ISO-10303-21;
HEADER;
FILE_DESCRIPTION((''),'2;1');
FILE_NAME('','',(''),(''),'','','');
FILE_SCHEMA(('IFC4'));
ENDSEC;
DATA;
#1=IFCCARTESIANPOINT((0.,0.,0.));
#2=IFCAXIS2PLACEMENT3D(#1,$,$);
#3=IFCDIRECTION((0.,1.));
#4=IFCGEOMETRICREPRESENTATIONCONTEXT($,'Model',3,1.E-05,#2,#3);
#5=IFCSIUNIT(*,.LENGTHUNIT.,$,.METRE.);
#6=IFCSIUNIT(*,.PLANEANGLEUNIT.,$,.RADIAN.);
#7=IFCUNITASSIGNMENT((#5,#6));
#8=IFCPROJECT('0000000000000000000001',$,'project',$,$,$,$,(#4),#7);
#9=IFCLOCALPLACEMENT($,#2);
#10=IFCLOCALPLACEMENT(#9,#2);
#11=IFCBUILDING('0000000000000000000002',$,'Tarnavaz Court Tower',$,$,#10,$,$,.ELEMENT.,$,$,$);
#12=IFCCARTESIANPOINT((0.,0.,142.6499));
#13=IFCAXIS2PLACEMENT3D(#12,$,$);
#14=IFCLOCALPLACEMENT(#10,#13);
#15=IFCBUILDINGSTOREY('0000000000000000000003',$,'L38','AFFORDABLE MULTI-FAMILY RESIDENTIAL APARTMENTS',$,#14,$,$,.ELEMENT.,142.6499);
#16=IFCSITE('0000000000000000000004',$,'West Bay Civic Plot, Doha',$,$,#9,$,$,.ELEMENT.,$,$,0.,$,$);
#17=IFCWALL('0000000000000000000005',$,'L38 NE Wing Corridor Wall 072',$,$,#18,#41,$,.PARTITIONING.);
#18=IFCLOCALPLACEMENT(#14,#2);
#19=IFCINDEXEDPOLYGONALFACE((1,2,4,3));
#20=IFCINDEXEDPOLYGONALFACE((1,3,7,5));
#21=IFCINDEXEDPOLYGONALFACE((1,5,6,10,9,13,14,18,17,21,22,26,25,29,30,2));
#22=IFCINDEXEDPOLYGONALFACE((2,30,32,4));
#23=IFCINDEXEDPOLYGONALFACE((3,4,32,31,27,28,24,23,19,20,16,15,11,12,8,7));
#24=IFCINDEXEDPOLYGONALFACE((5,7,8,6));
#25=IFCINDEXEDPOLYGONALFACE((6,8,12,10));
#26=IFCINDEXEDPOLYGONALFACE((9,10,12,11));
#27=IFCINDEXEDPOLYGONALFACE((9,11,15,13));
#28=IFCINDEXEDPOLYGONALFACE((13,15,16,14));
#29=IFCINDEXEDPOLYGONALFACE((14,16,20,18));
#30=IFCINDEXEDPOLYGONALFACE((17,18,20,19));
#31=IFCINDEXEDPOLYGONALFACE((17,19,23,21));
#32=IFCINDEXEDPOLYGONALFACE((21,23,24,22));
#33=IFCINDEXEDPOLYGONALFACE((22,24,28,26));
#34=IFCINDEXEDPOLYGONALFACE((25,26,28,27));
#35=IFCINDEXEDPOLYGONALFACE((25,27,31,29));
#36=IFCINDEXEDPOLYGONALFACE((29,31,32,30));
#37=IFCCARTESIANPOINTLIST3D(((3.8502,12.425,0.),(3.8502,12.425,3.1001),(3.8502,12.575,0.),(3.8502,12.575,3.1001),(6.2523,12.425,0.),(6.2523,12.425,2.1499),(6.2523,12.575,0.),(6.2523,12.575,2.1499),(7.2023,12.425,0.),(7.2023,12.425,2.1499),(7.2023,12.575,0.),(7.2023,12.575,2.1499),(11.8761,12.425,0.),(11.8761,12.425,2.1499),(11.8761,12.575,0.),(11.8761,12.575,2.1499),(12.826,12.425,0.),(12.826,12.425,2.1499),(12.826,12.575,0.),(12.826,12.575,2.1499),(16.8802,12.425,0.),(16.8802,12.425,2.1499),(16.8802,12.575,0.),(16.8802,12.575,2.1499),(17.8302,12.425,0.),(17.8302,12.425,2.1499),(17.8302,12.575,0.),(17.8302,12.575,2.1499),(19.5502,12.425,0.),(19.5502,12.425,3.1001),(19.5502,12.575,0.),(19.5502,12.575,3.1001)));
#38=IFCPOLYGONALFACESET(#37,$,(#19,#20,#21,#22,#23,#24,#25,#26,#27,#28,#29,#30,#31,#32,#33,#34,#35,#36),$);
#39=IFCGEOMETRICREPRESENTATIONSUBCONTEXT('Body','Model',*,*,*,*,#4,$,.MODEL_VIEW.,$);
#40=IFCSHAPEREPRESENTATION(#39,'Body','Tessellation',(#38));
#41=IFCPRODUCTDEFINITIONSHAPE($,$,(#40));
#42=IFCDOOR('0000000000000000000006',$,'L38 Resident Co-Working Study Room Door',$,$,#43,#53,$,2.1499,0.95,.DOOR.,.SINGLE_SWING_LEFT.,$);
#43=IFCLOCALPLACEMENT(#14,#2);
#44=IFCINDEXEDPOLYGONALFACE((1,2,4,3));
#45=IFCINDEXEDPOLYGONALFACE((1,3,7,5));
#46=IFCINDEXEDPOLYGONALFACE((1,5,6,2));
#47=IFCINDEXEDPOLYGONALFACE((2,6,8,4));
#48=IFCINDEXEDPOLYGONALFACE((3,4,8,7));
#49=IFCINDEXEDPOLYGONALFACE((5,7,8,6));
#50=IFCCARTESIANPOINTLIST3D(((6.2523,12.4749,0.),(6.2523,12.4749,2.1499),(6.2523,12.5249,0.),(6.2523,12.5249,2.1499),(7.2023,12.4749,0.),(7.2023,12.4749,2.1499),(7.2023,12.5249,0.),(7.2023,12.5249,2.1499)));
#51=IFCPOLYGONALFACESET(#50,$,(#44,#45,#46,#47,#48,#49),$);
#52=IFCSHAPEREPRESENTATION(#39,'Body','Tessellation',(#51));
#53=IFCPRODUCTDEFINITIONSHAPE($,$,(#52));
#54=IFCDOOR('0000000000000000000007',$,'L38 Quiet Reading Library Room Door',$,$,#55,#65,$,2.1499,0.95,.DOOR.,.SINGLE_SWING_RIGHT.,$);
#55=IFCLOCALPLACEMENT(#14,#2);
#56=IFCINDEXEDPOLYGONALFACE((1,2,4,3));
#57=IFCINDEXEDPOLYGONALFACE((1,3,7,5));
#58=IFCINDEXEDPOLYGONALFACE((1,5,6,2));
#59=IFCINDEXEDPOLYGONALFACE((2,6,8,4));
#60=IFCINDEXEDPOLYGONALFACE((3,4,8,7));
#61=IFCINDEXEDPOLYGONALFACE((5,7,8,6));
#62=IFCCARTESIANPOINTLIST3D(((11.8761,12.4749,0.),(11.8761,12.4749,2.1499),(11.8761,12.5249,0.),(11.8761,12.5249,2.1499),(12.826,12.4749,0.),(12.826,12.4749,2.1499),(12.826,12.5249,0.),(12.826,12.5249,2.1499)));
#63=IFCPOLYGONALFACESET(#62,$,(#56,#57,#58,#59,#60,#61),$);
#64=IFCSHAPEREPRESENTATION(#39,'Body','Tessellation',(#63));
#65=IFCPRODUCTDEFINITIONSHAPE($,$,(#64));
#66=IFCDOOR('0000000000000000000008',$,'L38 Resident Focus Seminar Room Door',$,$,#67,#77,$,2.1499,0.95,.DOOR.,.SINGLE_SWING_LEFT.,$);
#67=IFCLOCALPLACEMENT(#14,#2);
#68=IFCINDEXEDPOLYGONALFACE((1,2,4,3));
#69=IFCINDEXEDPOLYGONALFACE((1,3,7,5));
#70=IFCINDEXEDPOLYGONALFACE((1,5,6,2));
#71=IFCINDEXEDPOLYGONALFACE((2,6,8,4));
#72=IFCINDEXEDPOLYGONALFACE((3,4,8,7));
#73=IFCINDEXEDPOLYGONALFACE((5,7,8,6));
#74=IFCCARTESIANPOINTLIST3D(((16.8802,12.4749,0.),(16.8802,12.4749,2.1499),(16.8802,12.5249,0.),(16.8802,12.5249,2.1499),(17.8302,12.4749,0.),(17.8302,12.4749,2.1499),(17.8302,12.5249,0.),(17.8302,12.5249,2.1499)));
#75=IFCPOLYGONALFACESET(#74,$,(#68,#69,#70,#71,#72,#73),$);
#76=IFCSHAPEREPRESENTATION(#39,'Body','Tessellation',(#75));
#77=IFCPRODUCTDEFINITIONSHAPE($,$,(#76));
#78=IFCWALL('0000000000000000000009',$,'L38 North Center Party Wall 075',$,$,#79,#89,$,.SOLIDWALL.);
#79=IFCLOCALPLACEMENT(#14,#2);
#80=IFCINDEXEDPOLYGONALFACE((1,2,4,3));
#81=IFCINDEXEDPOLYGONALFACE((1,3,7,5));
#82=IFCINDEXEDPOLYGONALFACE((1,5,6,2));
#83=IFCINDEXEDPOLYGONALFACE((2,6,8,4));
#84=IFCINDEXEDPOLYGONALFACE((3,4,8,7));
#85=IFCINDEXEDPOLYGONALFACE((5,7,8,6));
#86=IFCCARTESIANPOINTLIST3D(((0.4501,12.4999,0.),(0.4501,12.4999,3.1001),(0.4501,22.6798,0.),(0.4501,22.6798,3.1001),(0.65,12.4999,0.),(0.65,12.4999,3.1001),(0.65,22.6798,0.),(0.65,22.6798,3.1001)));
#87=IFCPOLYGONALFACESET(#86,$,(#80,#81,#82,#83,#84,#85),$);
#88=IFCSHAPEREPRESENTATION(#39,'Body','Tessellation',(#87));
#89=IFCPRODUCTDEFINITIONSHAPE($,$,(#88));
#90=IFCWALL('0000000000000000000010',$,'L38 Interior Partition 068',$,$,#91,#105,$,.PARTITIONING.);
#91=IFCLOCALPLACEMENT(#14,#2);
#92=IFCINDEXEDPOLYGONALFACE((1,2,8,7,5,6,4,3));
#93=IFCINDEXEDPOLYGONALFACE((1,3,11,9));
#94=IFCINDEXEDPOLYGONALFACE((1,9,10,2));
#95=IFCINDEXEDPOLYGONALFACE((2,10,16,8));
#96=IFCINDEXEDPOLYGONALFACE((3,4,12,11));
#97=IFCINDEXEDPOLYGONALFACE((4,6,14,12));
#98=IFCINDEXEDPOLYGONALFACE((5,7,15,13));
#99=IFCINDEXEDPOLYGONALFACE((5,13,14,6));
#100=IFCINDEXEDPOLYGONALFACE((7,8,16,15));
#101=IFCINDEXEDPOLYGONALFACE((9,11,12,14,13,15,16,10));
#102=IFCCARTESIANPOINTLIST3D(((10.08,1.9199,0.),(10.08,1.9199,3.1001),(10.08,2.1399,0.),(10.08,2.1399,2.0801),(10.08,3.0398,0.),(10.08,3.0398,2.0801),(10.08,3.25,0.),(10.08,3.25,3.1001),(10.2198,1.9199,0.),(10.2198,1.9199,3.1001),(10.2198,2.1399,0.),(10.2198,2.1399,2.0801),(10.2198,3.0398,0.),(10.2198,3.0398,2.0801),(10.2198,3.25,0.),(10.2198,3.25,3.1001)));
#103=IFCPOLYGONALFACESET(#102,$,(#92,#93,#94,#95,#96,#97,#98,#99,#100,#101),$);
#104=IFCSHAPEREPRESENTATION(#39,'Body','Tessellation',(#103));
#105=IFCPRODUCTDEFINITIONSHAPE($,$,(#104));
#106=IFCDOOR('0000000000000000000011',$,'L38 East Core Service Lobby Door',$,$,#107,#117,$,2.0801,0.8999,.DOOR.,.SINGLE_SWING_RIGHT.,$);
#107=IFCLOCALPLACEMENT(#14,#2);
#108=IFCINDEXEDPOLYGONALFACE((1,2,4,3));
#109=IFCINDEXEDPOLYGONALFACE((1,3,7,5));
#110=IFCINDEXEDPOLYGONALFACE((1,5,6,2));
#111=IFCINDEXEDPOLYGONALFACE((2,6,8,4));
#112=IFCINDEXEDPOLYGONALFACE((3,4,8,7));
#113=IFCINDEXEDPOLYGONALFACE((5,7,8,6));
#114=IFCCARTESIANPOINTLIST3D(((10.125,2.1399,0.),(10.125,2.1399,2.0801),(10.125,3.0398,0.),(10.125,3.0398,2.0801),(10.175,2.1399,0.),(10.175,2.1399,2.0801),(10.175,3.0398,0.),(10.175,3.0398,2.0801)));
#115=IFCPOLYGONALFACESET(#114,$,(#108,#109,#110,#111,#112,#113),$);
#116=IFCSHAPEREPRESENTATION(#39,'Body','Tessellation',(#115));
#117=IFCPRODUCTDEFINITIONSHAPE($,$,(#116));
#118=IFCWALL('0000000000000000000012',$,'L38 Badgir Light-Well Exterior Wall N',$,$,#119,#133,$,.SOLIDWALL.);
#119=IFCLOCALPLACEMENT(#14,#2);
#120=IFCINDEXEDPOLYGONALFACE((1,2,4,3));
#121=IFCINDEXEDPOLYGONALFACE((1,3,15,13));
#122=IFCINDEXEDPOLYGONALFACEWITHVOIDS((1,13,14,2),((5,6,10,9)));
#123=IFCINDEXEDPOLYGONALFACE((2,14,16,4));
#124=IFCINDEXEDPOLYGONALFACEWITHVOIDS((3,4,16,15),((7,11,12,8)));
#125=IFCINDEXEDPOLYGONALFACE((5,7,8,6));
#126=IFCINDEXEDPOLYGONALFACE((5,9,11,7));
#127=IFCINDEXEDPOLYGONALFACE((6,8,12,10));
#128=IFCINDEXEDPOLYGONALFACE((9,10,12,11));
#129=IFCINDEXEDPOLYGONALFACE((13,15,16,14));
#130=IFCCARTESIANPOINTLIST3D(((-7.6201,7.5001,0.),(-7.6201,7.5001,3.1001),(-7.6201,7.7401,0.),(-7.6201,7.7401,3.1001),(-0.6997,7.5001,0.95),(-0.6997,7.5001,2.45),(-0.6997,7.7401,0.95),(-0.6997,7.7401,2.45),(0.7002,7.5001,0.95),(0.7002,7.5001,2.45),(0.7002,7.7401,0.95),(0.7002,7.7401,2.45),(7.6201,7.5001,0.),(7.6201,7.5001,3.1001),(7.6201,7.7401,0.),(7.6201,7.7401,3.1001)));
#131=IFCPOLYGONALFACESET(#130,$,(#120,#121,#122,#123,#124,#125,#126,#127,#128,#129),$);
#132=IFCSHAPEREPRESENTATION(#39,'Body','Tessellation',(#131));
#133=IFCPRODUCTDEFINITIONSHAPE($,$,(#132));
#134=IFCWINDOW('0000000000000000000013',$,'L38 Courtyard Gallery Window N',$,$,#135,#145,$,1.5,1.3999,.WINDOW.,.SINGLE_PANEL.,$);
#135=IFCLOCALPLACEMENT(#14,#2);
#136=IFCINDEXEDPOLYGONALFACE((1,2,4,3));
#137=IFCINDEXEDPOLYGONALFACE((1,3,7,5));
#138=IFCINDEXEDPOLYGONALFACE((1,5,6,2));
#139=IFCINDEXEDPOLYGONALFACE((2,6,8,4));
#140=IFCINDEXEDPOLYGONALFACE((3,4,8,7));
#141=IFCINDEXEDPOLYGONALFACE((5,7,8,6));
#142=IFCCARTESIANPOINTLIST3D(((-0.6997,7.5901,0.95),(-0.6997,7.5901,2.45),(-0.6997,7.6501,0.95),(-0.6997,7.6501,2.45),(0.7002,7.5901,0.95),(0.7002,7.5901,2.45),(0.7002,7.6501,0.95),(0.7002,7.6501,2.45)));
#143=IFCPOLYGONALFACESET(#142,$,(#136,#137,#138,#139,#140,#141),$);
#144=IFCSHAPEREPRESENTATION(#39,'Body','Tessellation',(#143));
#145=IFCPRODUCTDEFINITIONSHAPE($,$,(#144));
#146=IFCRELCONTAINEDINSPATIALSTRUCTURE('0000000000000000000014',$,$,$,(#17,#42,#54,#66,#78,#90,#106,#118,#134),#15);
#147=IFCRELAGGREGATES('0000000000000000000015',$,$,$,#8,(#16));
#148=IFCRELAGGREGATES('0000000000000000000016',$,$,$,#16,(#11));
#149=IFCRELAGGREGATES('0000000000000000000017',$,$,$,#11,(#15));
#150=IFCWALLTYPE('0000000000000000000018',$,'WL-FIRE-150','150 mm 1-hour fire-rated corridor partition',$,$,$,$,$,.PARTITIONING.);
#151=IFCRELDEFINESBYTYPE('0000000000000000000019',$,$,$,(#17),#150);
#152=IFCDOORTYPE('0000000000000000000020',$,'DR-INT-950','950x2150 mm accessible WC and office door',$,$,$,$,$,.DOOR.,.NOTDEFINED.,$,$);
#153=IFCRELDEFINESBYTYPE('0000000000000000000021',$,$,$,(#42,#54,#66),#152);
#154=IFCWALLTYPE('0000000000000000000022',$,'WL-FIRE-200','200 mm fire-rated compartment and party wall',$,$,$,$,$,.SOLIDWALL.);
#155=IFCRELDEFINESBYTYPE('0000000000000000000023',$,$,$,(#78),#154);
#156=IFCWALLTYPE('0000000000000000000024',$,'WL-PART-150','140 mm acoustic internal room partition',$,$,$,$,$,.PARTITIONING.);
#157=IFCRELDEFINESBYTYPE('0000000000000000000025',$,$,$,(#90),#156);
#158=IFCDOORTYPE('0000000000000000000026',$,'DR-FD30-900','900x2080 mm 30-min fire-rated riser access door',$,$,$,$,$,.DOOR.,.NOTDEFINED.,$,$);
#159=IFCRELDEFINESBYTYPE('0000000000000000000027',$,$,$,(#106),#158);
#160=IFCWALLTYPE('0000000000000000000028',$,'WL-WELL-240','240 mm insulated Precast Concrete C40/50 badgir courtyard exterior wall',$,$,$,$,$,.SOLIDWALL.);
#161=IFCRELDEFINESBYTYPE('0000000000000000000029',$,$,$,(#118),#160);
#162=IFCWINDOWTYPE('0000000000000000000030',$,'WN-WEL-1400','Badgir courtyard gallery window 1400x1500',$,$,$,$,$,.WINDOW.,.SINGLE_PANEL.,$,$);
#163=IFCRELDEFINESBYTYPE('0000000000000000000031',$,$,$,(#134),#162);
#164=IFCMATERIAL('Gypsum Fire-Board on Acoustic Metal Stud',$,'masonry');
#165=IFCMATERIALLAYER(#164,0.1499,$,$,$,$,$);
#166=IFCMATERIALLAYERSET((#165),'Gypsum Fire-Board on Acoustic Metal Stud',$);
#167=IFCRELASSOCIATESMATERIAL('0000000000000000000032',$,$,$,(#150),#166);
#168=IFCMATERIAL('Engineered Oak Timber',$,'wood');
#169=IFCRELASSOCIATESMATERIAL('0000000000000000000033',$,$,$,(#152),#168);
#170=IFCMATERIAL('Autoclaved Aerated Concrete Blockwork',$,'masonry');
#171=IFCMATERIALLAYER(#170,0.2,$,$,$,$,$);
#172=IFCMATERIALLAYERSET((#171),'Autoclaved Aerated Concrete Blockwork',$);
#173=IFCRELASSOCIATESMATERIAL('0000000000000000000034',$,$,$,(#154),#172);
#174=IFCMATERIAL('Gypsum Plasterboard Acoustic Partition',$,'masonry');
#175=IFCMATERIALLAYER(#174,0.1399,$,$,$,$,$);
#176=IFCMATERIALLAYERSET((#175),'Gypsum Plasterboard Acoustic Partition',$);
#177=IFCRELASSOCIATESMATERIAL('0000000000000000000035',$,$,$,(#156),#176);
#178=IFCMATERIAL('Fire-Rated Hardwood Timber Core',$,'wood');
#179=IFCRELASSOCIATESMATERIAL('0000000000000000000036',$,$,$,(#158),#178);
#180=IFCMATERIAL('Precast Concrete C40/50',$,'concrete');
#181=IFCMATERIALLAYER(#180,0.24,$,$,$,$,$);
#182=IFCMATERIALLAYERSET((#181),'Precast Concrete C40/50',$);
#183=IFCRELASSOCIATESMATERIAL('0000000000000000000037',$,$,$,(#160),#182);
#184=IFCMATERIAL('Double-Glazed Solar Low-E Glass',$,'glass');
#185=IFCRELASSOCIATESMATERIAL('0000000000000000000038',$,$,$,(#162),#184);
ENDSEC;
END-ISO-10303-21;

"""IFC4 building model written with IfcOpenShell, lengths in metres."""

from ifc_helpers import new_model, si_unit, direction, frame, frame_2d, origin, place, context, subcontext, project, spatial, rectangle, extrude, material, layer, layer_set, type_object, element, fill, save


model = new_model("IFC4")

# Units and contexts
model_context = context("Model", 3, precision=1e-05, world=origin(), true_north=direction((0.0, 1.0)))
body_context = subcontext(model_context, "Body", "Model", "MODEL_VIEW")
ifc_project = project(units=[si_unit("LENGTHUNIT", "METRE"), si_unit("PLANEANGLEUNIT", "RADIAN")], contexts=[model_context])

# Site, building, storey
site_placement = place(None, origin())
site = spatial("IfcSite", under=ifc_project, at=site_placement, Name="West Bay Civic Plot, Doha", CompositionType="ELEMENT", RefElevation=0.0)
building_placement = place(site_placement, origin())
building = spatial("IfcBuilding", under=site, at=building_placement, Name="Tarnavaz Court Tower", CompositionType="ELEMENT")
storey_placement = place(building_placement, frame((0.0, 0.0, 142.6499)))
storey = spatial("IfcBuildingStorey", under=building, at=storey_placement, Name="L38", Description="AFFORDABLE MULTI-FAMILY RESIDENTIAL APARTMENTS", CompositionType="ELEMENT", Elevation=142.6499)

# Shared definitions
ifc_material_1 = material(Name="Fire-Rated Hardwood Timber Core", Category="wood")

# Wall, openings, doors
ifc_material_2 = material(Name="Gypsum Fire-Board on Acoustic Metal Stud", Category="masonry")
ifc_layer_1 = layer(ifc_material_2, 0.1499)
ifc_layer_set_1 = layer_set([ifc_layer_1], Name="Gypsum Fire-Board on Acoustic Metal Stud")
wall_type_1 = type_object("IfcWallType", Name="WL-FIRE-150", Description="150 mm 1-hour fire-rated corridor partition", PredefinedType="PARTITIONING", material=ifc_layer_set_1)
wall_1_placement = place(storey_placement, frame((3.8501, 12.5, 0.0), z_axis=(0.0, 0.0, 1.0), x_axis=(1.0, 0.0, 0.0)))
wall_1 = element("IfcWall", 1, at=wall_1_placement, inside=storey, type_object=wall_type_1, Name="L38 NE Wing Corridor Wall 072", PredefinedType="PARTITIONING", context=body_context, shape_type="SweptSolid", body=[
    extrude(rectangle(XDim=15.7, YDim=0.1499, at=frame_2d((7.8501, 0.0))), origin(), (0.0, 0.0, 1.0), 3.1001),
])
opening_1_placement = place(wall_1_placement, frame((2.4021, 0.0, 0.0)))
opening_1 = element("IfcOpeningElement", 2, at=opening_1_placement, cuts=wall_1, PredefinedType="OPENING", context=body_context, shape_type="SweptSolid", body=[
    extrude(rectangle(XDim=0.95, YDim=2.1499, at=frame_2d((0.4751, 1.075))), frame((0.0, 0.085, 0.0), z_axis=(0.0, -1.0, 0.0), x_axis=(1.0, 0.0, 0.0)), (0.0, 0.0, 1.0), 0.1699),
])
opening_2_placement = place(wall_1_placement, frame((8.0259, 0.0, 0.0)))
opening_2 = element("IfcOpeningElement", 3, at=opening_2_placement, cuts=wall_1, PredefinedType="OPENING", context=body_context, shape_type="SweptSolid", body=[
    extrude(rectangle(XDim=0.95, YDim=2.1499, at=frame_2d((0.4751, 1.075))), frame((0.0, 0.085, 0.0), z_axis=(0.0, -1.0, 0.0), x_axis=(1.0, 0.0, 0.0)), (0.0, 0.0, 1.0), 0.1699),
])
opening_3_placement = place(wall_1_placement, frame((13.03, 0.0, 0.0)))
opening_3 = element("IfcOpeningElement", 4, at=opening_3_placement, cuts=wall_1, PredefinedType="OPENING", context=body_context, shape_type="SweptSolid", body=[
    extrude(rectangle(XDim=0.95, YDim=2.1499, at=frame_2d((0.4751, 1.075))), frame((0.0, 0.085, 0.0), z_axis=(0.0, -1.0, 0.0), x_axis=(1.0, 0.0, 0.0)), (0.0, 0.0, 1.0), 0.1699),
])
ifc_material_3 = material(Name="Engineered Oak Timber", Category="wood")
door_type_1 = type_object("IfcDoorType", Name="DR-INT-950", Description="950x2150 mm accessible WC and office door", OperationType="NOTDEFINED", PredefinedType="DOOR", material=ifc_material_3)
door_1_placement = place(opening_1_placement, origin())
door_1 = element("IfcDoor", 5, at=door_1_placement, inside=storey, type_object=door_type_1, Name="L38 Resident Co-Working Study Room Door", OperationType="SINGLE_SWING_LEFT", OverallHeight=2.1499, OverallWidth=0.95, PredefinedType="DOOR", context=body_context, shape_type="SweptSolid", body=[
    extrude(rectangle(XDim=0.95, YDim=2.1499, at=frame_2d((0.4751, 1.075))), frame((0.0, 0.0249, 0.0), z_axis=(0.0, -1.0, 0.0), x_axis=(1.0, 0.0, 0.0)), (0.0, 0.0, 1.0), 0.05),
])
fill(opening_1, door_1)
door_2_placement = place(opening_2_placement, origin())
door_2 = element("IfcDoor", 6, at=door_2_placement, inside=storey, type_object=door_type_1, Name="L38 Quiet Reading Library Room Door", OperationType="SINGLE_SWING_RIGHT", OverallHeight=2.1499, OverallWidth=0.95, PredefinedType="DOOR", context=body_context, shape_type="SweptSolid", body=[
    extrude(rectangle(XDim=0.95, YDim=2.1499, at=frame_2d((0.4751, 1.075))), frame((0.0, 0.0249, 0.0), z_axis=(0.0, -1.0, 0.0), x_axis=(1.0, 0.0, 0.0)), (0.0, 0.0, 1.0), 0.05),
])
fill(opening_2, door_2)
door_3_placement = place(opening_3_placement, origin())
door_3 = element("IfcDoor", 7, at=door_3_placement, inside=storey, type_object=door_type_1, Name="L38 Resident Focus Seminar Room Door", OperationType="SINGLE_SWING_LEFT", OverallHeight=2.1499, OverallWidth=0.95, PredefinedType="DOOR", context=body_context, shape_type="SweptSolid", body=[
    extrude(rectangle(XDim=0.95, YDim=2.1499, at=frame_2d((0.4751, 1.075))), frame((0.0, 0.0249, 0.0), z_axis=(0.0, -1.0, 0.0), x_axis=(1.0, 0.0, 0.0)), (0.0, 0.0, 1.0), 0.05),
])
fill(opening_3, door_3)

# Wall
ifc_material_4 = material(Name="Autoclaved Aerated Concrete Blockwork", Category="masonry")
ifc_layer_2 = layer(ifc_material_4, 0.2)
ifc_layer_set_2 = layer_set([ifc_layer_2], Name="Autoclaved Aerated Concrete Blockwork")
wall_type_2 = type_object("IfcWallType", Name="WL-FIRE-200", Description="200 mm fire-rated compartment and party wall", PredefinedType="SOLIDWALL", material=ifc_layer_set_2)
wall_2_placement = place(storey_placement, frame((0.55, 12.5, 0.0), z_axis=(0.0, 0.0, 1.0), x_axis=(0.0, 1.0, 0.0)))
element("IfcWall", 8, at=wall_2_placement, inside=storey, type_object=wall_type_2, Name="L38 North Center Party Wall 075", PredefinedType="SOLIDWALL", context=body_context, shape_type="SweptSolid", body=[
    extrude(rectangle(XDim=10.1799, YDim=0.2, at=frame_2d((5.0898, 0.0))), origin(), (0.0, 0.0, 1.0), 3.1001),
])

# Wall, opening, door
ifc_material_5 = material(Name="Gypsum Plasterboard Acoustic Partition", Category="masonry")
ifc_layer_3 = layer(ifc_material_5, 0.1399)
ifc_layer_set_3 = layer_set([ifc_layer_3], Name="Gypsum Plasterboard Acoustic Partition")
wall_type_3 = type_object("IfcWallType", Name="WL-PART-150", Description="140 mm acoustic internal room partition", PredefinedType="PARTITIONING", material=ifc_layer_set_3)
wall_3_placement = place(storey_placement, frame((10.1499, 1.9199, 0.0), z_axis=(0.0, 0.0, 1.0), x_axis=(0.0, 1.0, 0.0)))
wall_3 = element("IfcWall", 9, at=wall_3_placement, inside=storey, type_object=wall_type_3, Name="L38 Interior Partition 068", PredefinedType="PARTITIONING", context=body_context, shape_type="SweptSolid", body=[
    extrude(rectangle(XDim=1.3301, YDim=0.1399, at=frame_2d((0.665, 0.0))), origin(), (0.0, 0.0, 1.0), 3.1001),
])
opening_4_placement = place(wall_3_placement, frame((0.22, 0.0, 0.0)))
opening_4 = element("IfcOpeningElement", 10, at=opening_4_placement, cuts=wall_3, PredefinedType="OPENING", context=body_context, shape_type="SweptSolid", body=[
    extrude(rectangle(XDim=0.8999, YDim=2.0801, at=frame_2d((0.45, 1.04))), frame((0.0, 0.0798, 0.0), z_axis=(0.0, -1.0, 0.0), x_axis=(1.0, 0.0, 0.0)), (0.0, 0.0, 1.0), 0.1599),
])
door_type_2 = type_object("IfcDoorType", Name="DR-FD30-900", Description="900x2080 mm 30-min fire-rated riser access door", OperationType="NOTDEFINED", PredefinedType="DOOR", material=ifc_material_1)
door_4_placement = place(opening_4_placement, origin())
door_4 = element("IfcDoor", 11, at=door_4_placement, inside=storey, type_object=door_type_2, Name="L38 East Core Service Lobby Door", OperationType="SINGLE_SWING_RIGHT", OverallHeight=2.0801, OverallWidth=0.8999, PredefinedType="DOOR", context=body_context, shape_type="SweptSolid", body=[
    extrude(rectangle(XDim=0.8999, YDim=2.0801, at=frame_2d((0.45, 1.04))), frame((0.0, 0.0249, 0.0), z_axis=(0.0, -1.0, 0.0), x_axis=(1.0, 0.0, 0.0)), (0.0, 0.0, 1.0), 0.05),
])
fill(opening_4, door_4)

# Wall, opening, window
ifc_material_6 = material(Name="Precast Concrete C40/50", Category="concrete")
ifc_layer_4 = layer(ifc_material_6, 0.24)
ifc_layer_set_4 = layer_set([ifc_layer_4], Name="Precast Concrete C40/50")
wall_type_4 = type_object("IfcWallType", Name="WL-WELL-240", Description="240 mm insulated Precast Concrete C40/50 badgir courtyard exterior wall", PredefinedType="SOLIDWALL", material=ifc_layer_set_4)
wall_4_placement = place(storey_placement, frame((7.6201, 7.6201, 0.0), z_axis=(0.0, 0.0, 1.0), x_axis=(-1.0, 0.0, 0.0)))
wall_4 = element("IfcWall", 12, at=wall_4_placement, inside=storey, type_object=wall_type_4, Name="L38 Badgir Light-Well Exterior Wall N", PredefinedType="SOLIDWALL", context=body_context, shape_type="SweptSolid", body=[
    extrude(rectangle(XDim=15.2402, YDim=0.24, at=frame_2d((7.6201, 0.0))), origin(), (0.0, 0.0, 1.0), 3.1001),
])
opening_5_placement = place(wall_4_placement, frame((6.9199, 0.0, 0.95)))
opening_5 = element("IfcOpeningElement", 13, at=opening_5_placement, cuts=wall_4, PredefinedType="OPENING", context=body_context, shape_type="SweptSolid", body=[
    extrude(rectangle(XDim=1.3999, YDim=1.5, at=frame_2d((0.7, 0.75))), frame((0.0, 0.1299, 0.0), z_axis=(0.0, -1.0, 0.0), x_axis=(1.0, 0.0, 0.0)), (0.0, 0.0, 1.0), 0.26),
])
ifc_material_7 = material(Name="Double-Glazed Solar Low-E Glass", Category="glass")
window_type = type_object("IfcWindowType", Name="WN-WEL-1400", Description="Badgir courtyard gallery window 1400x1500", PartitioningType="SINGLE_PANEL", PredefinedType="WINDOW", material=ifc_material_7)
window_placement = place(opening_5_placement, origin())
window = element("IfcWindow", 14, at=window_placement, inside=storey, type_object=window_type, Name="L38 Courtyard Gallery Window N", OverallHeight=1.5, OverallWidth=1.3999, PartitioningType="SINGLE_PANEL", PredefinedType="WINDOW", context=body_context, shape_type="SweptSolid", body=[
    extrude(rectangle(XDim=1.3999, YDim=1.5, at=frame_2d((0.7, 0.75))), frame((0.0, 0.03, 0.0), z_axis=(0.0, -1.0, 0.0), x_axis=(1.0, 0.0, 0.0)), (0.0, 0.0, 1.0), 0.0601),
])
fill(opening_5, window)

save(model, "model.ifc")
